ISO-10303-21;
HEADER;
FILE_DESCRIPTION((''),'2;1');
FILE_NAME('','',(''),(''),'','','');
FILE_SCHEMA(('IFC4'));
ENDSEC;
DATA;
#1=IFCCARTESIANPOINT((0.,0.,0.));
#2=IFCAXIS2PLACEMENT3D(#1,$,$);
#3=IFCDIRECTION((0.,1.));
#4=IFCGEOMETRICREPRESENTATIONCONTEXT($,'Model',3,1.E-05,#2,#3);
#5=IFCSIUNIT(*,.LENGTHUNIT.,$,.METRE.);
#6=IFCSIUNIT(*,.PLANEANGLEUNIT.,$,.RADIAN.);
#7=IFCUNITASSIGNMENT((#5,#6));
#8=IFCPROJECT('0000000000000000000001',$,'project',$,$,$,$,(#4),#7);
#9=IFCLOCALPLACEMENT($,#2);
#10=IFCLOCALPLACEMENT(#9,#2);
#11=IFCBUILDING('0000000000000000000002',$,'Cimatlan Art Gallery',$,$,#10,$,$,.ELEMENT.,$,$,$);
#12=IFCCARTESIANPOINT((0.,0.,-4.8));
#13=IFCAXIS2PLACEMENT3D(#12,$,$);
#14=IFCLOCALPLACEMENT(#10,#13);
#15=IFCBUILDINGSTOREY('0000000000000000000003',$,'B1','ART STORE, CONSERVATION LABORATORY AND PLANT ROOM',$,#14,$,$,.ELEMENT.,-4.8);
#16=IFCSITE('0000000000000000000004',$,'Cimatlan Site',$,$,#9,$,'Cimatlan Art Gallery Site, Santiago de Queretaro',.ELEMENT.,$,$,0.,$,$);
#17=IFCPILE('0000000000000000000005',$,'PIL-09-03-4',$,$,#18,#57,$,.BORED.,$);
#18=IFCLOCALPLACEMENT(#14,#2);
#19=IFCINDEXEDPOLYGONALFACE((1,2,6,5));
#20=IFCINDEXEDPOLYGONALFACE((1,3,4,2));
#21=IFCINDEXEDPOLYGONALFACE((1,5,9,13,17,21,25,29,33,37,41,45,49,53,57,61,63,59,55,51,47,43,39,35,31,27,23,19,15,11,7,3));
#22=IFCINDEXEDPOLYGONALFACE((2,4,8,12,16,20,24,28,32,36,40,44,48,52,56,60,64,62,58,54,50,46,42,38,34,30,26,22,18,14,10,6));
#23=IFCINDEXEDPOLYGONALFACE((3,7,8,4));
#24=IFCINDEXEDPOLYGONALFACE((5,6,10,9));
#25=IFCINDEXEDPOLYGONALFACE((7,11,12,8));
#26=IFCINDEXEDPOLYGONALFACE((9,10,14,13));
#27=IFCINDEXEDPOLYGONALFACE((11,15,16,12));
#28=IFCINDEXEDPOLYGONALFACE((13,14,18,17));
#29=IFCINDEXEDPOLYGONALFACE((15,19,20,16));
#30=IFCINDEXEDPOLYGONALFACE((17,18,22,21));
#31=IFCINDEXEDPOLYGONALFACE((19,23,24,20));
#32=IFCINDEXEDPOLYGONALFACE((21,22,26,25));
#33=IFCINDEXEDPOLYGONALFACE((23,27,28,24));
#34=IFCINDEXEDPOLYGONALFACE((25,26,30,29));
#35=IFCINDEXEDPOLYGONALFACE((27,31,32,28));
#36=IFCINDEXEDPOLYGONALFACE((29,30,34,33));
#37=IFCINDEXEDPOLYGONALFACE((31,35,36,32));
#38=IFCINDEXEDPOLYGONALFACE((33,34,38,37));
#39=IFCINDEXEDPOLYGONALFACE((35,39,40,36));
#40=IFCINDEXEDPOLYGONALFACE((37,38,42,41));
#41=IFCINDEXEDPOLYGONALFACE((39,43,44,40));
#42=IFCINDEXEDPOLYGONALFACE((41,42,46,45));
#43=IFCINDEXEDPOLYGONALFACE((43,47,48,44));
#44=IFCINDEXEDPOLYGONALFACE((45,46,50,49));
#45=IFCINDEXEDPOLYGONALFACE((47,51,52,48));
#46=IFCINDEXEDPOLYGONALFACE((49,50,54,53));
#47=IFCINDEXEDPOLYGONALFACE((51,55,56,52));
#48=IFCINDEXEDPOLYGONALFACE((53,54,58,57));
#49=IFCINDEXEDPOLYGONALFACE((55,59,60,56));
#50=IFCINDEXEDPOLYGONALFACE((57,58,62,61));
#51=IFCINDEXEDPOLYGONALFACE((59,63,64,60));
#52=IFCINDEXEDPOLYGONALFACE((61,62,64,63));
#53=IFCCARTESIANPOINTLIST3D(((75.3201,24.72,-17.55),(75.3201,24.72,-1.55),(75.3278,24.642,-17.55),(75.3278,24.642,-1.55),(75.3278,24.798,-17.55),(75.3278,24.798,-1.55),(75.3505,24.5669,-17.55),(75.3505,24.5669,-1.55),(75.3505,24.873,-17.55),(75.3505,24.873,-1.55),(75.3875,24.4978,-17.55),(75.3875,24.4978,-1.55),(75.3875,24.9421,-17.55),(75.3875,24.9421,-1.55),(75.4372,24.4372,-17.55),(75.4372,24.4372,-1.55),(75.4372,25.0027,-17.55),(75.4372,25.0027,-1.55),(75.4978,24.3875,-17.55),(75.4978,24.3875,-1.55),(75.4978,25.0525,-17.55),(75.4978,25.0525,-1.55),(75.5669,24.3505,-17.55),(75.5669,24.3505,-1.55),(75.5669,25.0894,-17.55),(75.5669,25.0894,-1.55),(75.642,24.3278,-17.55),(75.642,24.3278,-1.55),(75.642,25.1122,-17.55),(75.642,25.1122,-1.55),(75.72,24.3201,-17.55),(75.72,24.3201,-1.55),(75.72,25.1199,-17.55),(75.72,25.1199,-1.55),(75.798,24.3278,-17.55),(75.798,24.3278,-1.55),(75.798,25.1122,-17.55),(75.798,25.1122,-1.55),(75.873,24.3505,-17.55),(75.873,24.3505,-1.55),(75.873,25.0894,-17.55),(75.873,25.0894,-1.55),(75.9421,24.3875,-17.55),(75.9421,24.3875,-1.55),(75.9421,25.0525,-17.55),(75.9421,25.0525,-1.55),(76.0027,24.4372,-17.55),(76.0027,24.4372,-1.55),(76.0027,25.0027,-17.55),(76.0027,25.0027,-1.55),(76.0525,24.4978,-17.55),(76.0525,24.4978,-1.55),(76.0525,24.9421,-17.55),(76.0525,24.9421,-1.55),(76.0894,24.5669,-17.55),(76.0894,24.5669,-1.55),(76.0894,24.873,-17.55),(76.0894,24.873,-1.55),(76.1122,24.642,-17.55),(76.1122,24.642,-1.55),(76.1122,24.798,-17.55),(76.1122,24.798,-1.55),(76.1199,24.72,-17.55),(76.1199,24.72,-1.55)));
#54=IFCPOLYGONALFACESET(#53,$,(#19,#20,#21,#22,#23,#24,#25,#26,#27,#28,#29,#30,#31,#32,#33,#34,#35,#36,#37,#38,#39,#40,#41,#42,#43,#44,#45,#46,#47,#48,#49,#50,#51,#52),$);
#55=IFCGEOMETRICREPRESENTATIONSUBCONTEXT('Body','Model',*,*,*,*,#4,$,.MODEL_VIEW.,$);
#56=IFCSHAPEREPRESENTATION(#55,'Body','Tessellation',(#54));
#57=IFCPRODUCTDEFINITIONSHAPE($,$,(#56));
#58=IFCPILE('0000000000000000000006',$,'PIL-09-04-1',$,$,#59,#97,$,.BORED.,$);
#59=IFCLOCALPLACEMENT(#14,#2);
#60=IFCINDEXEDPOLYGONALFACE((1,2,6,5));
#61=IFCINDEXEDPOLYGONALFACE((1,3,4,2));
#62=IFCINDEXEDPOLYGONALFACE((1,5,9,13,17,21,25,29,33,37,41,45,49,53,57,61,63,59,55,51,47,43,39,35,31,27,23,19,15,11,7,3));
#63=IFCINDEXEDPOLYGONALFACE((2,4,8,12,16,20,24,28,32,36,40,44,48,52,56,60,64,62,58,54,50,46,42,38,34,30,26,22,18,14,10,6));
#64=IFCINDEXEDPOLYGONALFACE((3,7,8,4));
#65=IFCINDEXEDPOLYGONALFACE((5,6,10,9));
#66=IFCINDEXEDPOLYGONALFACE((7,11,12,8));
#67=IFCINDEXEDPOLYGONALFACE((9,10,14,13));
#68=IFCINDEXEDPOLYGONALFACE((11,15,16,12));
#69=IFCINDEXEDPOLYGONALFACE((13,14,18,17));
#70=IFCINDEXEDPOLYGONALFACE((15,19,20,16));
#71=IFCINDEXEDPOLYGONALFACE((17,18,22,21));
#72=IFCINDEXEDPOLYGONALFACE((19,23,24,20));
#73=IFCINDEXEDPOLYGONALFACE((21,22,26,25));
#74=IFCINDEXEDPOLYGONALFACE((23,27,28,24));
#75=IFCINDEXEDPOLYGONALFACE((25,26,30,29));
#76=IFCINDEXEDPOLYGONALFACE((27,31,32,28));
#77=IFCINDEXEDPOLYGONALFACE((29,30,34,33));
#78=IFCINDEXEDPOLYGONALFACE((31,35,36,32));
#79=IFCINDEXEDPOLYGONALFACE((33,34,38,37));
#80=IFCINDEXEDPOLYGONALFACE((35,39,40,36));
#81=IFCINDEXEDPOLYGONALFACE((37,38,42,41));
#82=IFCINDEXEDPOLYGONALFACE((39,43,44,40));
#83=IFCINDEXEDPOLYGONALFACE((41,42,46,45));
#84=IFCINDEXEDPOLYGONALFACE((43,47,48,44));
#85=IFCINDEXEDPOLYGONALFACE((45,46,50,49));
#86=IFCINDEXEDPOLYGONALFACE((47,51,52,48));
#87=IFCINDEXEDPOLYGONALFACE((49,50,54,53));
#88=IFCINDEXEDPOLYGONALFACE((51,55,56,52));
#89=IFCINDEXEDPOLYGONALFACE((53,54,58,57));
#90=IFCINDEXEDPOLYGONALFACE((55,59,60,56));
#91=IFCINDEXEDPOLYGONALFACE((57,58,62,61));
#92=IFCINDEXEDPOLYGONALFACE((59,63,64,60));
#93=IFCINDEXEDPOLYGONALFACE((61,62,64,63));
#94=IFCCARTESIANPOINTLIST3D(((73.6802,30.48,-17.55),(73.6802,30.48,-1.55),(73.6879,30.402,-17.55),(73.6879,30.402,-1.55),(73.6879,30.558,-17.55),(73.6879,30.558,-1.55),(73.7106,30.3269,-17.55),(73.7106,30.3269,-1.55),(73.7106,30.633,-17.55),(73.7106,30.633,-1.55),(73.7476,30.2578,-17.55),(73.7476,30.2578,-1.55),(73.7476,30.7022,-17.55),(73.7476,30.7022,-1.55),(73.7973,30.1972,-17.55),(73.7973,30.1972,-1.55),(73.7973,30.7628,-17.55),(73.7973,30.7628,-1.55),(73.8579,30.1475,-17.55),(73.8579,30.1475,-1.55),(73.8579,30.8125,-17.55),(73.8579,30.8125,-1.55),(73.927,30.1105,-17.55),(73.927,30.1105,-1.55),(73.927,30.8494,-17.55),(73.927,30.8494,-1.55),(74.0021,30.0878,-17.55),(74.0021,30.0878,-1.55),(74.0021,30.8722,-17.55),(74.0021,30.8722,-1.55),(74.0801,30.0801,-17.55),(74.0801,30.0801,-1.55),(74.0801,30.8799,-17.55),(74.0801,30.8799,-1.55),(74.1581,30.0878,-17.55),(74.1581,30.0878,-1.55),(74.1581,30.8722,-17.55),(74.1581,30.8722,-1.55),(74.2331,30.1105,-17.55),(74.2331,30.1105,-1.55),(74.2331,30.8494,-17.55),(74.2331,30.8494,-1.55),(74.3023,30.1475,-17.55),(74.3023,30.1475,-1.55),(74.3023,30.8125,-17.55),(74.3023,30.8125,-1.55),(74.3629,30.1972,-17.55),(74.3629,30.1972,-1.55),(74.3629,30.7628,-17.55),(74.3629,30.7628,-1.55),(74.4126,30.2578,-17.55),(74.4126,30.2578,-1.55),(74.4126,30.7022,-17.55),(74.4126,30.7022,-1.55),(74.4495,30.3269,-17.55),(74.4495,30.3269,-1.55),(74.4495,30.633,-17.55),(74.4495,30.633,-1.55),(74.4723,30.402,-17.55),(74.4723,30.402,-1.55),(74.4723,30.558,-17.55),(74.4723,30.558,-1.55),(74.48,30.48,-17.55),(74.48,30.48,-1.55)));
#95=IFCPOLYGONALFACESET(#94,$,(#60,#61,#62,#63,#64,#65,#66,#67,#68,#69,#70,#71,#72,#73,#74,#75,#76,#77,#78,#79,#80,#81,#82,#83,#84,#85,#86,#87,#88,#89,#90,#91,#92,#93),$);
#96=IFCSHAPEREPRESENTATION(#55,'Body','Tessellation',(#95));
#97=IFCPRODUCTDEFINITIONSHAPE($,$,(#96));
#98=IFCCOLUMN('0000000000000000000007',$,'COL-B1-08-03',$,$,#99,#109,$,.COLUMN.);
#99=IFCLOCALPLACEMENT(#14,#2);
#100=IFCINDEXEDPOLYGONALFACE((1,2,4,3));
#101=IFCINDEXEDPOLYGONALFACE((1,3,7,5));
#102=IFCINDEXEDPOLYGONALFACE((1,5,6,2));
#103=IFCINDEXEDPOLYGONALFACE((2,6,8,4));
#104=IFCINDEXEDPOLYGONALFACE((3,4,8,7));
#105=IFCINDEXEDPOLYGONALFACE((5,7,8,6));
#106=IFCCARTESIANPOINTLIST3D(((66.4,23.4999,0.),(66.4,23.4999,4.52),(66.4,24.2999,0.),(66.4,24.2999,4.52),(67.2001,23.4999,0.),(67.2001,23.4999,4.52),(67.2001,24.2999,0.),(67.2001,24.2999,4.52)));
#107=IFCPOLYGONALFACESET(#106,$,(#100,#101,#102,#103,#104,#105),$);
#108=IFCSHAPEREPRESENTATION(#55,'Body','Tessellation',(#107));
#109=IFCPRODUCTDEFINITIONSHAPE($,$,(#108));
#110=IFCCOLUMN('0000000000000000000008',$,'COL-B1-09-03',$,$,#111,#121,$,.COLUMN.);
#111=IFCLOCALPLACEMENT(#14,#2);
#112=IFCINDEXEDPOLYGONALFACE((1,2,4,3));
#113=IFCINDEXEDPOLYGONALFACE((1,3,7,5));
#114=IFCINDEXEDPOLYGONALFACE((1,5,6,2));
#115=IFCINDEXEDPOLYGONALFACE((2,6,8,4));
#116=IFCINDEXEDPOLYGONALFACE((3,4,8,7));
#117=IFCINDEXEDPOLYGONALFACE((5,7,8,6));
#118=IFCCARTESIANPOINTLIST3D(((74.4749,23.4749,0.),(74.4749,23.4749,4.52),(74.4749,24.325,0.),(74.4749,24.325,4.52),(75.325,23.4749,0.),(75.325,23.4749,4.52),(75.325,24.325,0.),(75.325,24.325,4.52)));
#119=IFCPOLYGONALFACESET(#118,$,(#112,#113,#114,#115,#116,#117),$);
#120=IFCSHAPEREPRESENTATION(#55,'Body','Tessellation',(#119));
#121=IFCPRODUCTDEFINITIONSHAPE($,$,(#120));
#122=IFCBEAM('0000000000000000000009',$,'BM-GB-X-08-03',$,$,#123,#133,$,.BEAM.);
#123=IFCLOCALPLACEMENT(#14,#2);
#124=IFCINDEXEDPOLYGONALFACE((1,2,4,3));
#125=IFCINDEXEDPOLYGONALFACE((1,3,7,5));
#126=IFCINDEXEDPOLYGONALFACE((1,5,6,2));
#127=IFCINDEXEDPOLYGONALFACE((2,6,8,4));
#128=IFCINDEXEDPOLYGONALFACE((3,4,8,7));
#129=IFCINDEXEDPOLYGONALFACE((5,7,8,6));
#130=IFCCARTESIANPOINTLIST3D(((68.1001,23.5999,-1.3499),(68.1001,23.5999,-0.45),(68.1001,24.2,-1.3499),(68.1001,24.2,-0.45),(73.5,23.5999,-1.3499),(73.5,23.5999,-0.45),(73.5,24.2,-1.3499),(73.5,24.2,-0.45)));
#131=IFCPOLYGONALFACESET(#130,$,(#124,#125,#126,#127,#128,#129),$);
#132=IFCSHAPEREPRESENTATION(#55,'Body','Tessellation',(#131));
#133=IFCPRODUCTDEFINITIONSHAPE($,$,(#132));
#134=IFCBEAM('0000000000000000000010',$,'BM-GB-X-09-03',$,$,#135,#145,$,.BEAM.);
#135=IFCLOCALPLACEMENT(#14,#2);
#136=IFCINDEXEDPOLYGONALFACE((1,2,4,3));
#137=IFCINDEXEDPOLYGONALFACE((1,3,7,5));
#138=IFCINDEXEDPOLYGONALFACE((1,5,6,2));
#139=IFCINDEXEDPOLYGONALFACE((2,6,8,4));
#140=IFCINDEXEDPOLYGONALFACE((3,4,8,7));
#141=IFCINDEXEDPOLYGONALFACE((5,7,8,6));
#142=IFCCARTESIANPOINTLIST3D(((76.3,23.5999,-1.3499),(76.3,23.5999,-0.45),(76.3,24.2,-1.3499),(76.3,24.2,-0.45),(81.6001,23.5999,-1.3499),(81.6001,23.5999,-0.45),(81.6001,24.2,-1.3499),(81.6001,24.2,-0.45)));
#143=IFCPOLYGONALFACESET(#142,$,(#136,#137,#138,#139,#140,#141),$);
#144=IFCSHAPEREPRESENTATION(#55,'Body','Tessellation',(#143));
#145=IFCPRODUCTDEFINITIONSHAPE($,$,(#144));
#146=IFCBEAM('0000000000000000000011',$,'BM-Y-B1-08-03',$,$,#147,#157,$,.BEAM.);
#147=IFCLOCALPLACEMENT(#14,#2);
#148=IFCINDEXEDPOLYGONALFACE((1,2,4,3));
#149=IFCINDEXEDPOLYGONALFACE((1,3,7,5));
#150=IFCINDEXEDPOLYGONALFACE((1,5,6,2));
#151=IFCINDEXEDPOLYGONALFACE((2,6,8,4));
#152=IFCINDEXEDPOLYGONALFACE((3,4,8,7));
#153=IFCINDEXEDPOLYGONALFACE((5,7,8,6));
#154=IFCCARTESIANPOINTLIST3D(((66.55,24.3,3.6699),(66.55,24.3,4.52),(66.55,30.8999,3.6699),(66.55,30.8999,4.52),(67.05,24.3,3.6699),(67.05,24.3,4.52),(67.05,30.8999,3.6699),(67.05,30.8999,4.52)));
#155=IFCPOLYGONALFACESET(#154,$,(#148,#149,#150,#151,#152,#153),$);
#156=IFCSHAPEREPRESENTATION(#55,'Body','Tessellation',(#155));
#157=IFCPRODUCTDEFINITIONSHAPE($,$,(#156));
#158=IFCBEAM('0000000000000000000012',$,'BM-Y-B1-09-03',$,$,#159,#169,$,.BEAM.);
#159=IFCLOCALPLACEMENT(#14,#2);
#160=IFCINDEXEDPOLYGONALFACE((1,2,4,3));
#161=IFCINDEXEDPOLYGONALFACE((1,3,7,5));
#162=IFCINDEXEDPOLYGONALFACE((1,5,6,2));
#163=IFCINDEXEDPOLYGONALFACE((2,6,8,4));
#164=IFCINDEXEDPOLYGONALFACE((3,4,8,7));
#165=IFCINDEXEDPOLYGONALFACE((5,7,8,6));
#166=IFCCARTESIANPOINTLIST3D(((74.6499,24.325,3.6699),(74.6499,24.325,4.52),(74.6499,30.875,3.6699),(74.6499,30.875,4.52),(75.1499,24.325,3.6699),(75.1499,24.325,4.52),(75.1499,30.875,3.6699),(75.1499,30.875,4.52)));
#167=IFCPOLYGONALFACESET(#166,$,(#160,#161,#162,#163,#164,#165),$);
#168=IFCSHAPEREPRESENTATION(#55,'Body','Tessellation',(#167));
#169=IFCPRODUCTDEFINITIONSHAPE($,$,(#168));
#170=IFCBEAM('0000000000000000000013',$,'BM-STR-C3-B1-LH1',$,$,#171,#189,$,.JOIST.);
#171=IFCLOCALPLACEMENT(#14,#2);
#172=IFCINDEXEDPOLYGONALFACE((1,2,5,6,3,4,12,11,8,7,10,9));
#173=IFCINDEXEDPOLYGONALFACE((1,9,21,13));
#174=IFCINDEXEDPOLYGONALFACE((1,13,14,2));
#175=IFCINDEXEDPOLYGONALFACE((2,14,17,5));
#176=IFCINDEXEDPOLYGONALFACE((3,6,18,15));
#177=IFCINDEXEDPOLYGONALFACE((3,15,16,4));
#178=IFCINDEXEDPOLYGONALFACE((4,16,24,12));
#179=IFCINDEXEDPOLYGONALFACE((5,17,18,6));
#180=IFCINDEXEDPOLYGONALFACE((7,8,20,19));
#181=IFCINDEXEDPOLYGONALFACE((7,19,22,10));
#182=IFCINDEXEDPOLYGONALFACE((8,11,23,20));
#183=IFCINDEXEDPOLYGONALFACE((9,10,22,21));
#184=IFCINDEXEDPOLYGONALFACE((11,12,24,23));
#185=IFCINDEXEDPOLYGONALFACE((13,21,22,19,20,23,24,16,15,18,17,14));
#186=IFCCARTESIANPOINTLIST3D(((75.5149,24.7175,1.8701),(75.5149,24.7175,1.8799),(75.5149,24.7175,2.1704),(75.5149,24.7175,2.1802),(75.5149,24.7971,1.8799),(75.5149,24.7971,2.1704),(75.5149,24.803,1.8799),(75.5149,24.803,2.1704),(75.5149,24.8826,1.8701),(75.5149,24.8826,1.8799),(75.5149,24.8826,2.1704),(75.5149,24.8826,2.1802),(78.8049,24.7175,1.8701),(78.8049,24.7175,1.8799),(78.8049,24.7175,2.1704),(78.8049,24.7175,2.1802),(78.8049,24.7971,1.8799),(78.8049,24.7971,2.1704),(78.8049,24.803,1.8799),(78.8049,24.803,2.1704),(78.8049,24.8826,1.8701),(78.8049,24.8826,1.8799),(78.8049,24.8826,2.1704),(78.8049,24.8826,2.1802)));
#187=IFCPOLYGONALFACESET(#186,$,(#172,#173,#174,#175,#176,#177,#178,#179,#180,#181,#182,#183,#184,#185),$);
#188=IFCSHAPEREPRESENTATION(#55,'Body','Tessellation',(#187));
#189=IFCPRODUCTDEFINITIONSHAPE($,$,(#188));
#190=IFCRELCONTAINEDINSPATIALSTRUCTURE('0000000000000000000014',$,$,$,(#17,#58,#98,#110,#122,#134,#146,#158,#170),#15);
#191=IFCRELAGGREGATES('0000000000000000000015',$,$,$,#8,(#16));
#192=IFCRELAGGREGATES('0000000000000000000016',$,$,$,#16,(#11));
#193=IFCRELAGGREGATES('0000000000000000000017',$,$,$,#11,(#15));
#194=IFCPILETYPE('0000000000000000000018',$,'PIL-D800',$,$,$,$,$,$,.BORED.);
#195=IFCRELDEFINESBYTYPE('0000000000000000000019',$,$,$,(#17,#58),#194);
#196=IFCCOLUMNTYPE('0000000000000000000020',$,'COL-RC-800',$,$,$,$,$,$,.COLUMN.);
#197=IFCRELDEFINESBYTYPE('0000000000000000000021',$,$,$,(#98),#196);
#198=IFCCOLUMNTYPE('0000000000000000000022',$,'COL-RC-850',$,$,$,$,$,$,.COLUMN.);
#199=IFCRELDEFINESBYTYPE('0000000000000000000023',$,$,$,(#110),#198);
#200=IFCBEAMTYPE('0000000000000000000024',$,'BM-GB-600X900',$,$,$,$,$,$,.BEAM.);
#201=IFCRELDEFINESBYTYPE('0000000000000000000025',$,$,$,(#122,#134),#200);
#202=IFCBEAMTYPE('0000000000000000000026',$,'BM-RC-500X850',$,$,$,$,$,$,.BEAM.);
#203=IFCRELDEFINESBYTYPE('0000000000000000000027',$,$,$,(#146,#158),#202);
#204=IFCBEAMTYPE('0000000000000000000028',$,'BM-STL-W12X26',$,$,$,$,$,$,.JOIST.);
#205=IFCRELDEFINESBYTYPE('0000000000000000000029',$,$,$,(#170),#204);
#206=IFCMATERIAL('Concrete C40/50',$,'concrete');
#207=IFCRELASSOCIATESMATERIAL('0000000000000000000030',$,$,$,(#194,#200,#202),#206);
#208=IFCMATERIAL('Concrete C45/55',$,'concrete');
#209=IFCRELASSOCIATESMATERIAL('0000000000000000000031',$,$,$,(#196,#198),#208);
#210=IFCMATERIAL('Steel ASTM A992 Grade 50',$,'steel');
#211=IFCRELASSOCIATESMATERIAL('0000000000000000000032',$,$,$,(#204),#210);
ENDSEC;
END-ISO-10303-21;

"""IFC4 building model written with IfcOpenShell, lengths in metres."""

from ifc_helpers import new_model, si_unit, direction, frame, origin, origin_2d, place, context, subcontext, project, spatial, rectangle, circle, i_section, extrude, material, material_profile, profile_set, type_object, element, save


model = new_model("IFC4")

# Units and contexts
model_context = context("Model", 3, precision=1e-05, world=origin(), true_north=direction((0.0, 1.0)))
body_context = subcontext(model_context, "Body", "Model", "MODEL_VIEW")
ifc_project = project(units=[si_unit("LENGTHUNIT", "METRE"), si_unit("PLANEANGLEUNIT", "RADIAN")], contexts=[model_context])

# Site, building, storey
site_placement = place(None, origin())
site = spatial("IfcSite", under=ifc_project, at=site_placement, Name="Cimatlan Site", LongName="Cimatlan Art Gallery Site, Santiago de Queretaro", CompositionType="ELEMENT", RefElevation=0.0)
building_placement = place(site_placement, origin())
building = spatial("IfcBuilding", under=site, at=building_placement, Name="Cimatlan Art Gallery", CompositionType="ELEMENT")
storey_placement = place(building_placement, frame((0.0, 0.0, -4.8)))
storey = spatial("IfcBuildingStorey", under=building, at=storey_placement, Name="B1", Description="ART STORE, CONSERVATION LABORATORY AND PLANT ROOM", CompositionType="ELEMENT", Elevation=-4.8)

# Shared definitions
ifc_material_1 = material(Name="Concrete C40/50", Category="concrete")

# Piles
pile_type_1 = type_object("IfcPileType", Name="PIL-D800", PredefinedType="BORED", material=ifc_material_1)
for number, where, z_axis, x_axis, name in (
    (1, (75.72, 24.72, -1.55), (0.0, 0.0, -1.0), (1.0, 0.0, 0.0), "PIL-09-03-4"),
    (2, (74.0801, 30.48, -1.55), (0.0, 0.0, -1.0), (1.0, 0.0, 0.0), "PIL-09-04-1"),
):
    element("IfcPile", number, at=place(storey_placement, frame(where, z_axis=z_axis, x_axis=x_axis)), inside=storey, type_object=pile_type_1, Name=name, PredefinedType="BORED", context=body_context, shape_type="SweptSolid", body=[
        extrude(circle(Radius=0.3999, at=origin_2d()), origin(), (0.0, 0.0, 1.0), 16.0),
    ])

# Columns
ifc_material_2 = material(Name="Concrete C45/55", Category="concrete")
ifc_material_profile_1 = material_profile(ifc_material_2, rectangle(XDim=0.8, YDim=0.8, at=origin_2d()), Name="RC800X800")
ifc_profile_set_1 = profile_set([ifc_material_profile_1], Name="Concrete C45/55")
column_type_1 = type_object("IfcColumnType", Name="COL-RC-800", PredefinedType="COLUMN", material=ifc_profile_set_1)
column_1_placement = place(storey_placement, frame((66.8, 23.8999, 0.0), z_axis=(0.0, 0.0, 1.0), x_axis=(1.0, 0.0, 0.0)))
element("IfcColumn", 3, at=column_1_placement, inside=storey, type_object=column_type_1, Name="COL-B1-08-03", PredefinedType="COLUMN", context=body_context, shape_type="SweptSolid", body=[
    extrude(rectangle(XDim=0.8, YDim=0.8, at=origin_2d()), origin(), (0.0, 0.0, 1.0), 4.52),
])
ifc_material_profile_2 = material_profile(ifc_material_2, rectangle(XDim=0.8501, YDim=0.8501, at=origin_2d()), Name="RC850X850")
ifc_profile_set_2 = profile_set([ifc_material_profile_2], Name="Concrete C45/55")
column_type_2 = type_object("IfcColumnType", Name="COL-RC-850", PredefinedType="COLUMN", material=ifc_profile_set_2)
column_2_placement = place(storey_placement, frame((74.8999, 23.8999, 0.0), z_axis=(0.0, 0.0, 1.0), x_axis=(1.0, 0.0, 0.0)))
element("IfcColumn", 4, at=column_2_placement, inside=storey, type_object=column_type_2, Name="COL-B1-09-03", PredefinedType="COLUMN", context=body_context, shape_type="SweptSolid", body=[
    extrude(rectangle(XDim=0.8501, YDim=0.8501, at=origin_2d()), origin(), (0.0, 0.0, 1.0), 4.52),
])

# Beams
ifc_material_profile_3 = material_profile(ifc_material_1, rectangle(XDim=0.6001, YDim=0.8999, at=origin_2d()), Name="RC600X900")
ifc_profile_set_3 = profile_set([ifc_material_profile_3], Name="Concrete C40/50")
beam_type_1 = type_object("IfcBeamType", Name="BM-GB-600X900", PredefinedType="BEAM", material=ifc_profile_set_3)
beam_1_placement = place(storey_placement, frame((68.1001, 23.8999, -0.8999), z_axis=(1.0, 0.0, 0.0), x_axis=(0.0, 1.0, 0.0)))
element("IfcBeam", 5, at=beam_1_placement, inside=storey, type_object=beam_type_1, Name="BM-GB-X-08-03", PredefinedType="BEAM", context=body_context, shape_type="SweptSolid", body=[
    extrude(rectangle(XDim=0.6001, YDim=0.8999, at=origin_2d()), origin(), (0.0, 0.0, 1.0), 5.3999),
])
beam_2_placement = place(storey_placement, frame((76.3, 23.8999, -0.8999), z_axis=(1.0, 0.0, 0.0), x_axis=(0.0, 1.0, 0.0)))
element("IfcBeam", 6, at=beam_2_placement, inside=storey, type_object=beam_type_1, Name="BM-GB-X-09-03", PredefinedType="BEAM", context=body_context, shape_type="SweptSolid", body=[
    extrude(rectangle(XDim=0.6001, YDim=0.8999, at=origin_2d()), origin(), (0.0, 0.0, 1.0), 5.3),
])
ifc_material_profile_4 = material_profile(ifc_material_1, rectangle(XDim=0.5, YDim=0.8501, at=origin_2d()), Name="RC500X850")
ifc_profile_set_4 = profile_set([ifc_material_profile_4], Name="Concrete C40/50")
beam_type_2 = type_object("IfcBeamType", Name="BM-RC-500X850", PredefinedType="BEAM", material=ifc_profile_set_4)
beam_3_placement = place(storey_placement, frame((66.8, 24.3, 4.095), z_axis=(0.0, 1.0, 0.0), x_axis=(-1.0, 0.0, 0.0)))
element("IfcBeam", 7, at=beam_3_placement, inside=storey, type_object=beam_type_2, Name="BM-Y-B1-08-03", PredefinedType="BEAM", context=body_context, shape_type="SweptSolid", body=[
    extrude(rectangle(XDim=0.5, YDim=0.8501, at=origin_2d()), origin(), (0.0, 0.0, 1.0), 6.5999),
])
beam_4_placement = place(storey_placement, frame((74.8999, 24.325, 4.095), z_axis=(0.0, 1.0, 0.0), x_axis=(-1.0, 0.0, 0.0)))
element("IfcBeam", 8, at=beam_4_placement, inside=storey, type_object=beam_type_2, Name="BM-Y-B1-09-03", PredefinedType="BEAM", context=body_context, shape_type="SweptSolid", body=[
    extrude(rectangle(XDim=0.5, YDim=0.8501, at=origin_2d()), origin(), (0.0, 0.0, 1.0), 6.55),
])
ifc_material_3 = material(Name="Steel ASTM A992 Grade 50", Category="steel")
ifc_material_profile_5 = material_profile(ifc_material_3, i_section(OverallWidth=0.165, OverallDepth=0.3101, WebThickness=0.0059, FlangeThickness=0.0098, at=origin_2d()), Name="W12X26")
ifc_profile_set_5 = profile_set([ifc_material_profile_5], Name="Steel ASTM A992 Grade 50")
beam_type_3 = type_object("IfcBeamType", Name="BM-STL-W12X26", PredefinedType="JOIST", material=ifc_profile_set_5)
for number, where, z_axis, x_axis, name in (
    (9, (75.5149, 24.8, 2.0251), (1.0, 0.0, 0.0), (0.0, 1.0, 0.0), "BM-STR-C3-B1-LH1"),
):
    element("IfcBeam", number, at=place(storey_placement, frame(where, z_axis=z_axis, x_axis=x_axis)), inside=storey, type_object=beam_type_3, Name=name, PredefinedType="JOIST", context=body_context, shape_type="SweptSolid", body=[
        extrude(i_section(OverallWidth=0.165, OverallDepth=0.3101, WebThickness=0.0059, FlangeThickness=0.0098, at=origin_2d()), origin(), (0.0, 0.0, 1.0), 3.29),
    ])

save(model, "model.ifc")
